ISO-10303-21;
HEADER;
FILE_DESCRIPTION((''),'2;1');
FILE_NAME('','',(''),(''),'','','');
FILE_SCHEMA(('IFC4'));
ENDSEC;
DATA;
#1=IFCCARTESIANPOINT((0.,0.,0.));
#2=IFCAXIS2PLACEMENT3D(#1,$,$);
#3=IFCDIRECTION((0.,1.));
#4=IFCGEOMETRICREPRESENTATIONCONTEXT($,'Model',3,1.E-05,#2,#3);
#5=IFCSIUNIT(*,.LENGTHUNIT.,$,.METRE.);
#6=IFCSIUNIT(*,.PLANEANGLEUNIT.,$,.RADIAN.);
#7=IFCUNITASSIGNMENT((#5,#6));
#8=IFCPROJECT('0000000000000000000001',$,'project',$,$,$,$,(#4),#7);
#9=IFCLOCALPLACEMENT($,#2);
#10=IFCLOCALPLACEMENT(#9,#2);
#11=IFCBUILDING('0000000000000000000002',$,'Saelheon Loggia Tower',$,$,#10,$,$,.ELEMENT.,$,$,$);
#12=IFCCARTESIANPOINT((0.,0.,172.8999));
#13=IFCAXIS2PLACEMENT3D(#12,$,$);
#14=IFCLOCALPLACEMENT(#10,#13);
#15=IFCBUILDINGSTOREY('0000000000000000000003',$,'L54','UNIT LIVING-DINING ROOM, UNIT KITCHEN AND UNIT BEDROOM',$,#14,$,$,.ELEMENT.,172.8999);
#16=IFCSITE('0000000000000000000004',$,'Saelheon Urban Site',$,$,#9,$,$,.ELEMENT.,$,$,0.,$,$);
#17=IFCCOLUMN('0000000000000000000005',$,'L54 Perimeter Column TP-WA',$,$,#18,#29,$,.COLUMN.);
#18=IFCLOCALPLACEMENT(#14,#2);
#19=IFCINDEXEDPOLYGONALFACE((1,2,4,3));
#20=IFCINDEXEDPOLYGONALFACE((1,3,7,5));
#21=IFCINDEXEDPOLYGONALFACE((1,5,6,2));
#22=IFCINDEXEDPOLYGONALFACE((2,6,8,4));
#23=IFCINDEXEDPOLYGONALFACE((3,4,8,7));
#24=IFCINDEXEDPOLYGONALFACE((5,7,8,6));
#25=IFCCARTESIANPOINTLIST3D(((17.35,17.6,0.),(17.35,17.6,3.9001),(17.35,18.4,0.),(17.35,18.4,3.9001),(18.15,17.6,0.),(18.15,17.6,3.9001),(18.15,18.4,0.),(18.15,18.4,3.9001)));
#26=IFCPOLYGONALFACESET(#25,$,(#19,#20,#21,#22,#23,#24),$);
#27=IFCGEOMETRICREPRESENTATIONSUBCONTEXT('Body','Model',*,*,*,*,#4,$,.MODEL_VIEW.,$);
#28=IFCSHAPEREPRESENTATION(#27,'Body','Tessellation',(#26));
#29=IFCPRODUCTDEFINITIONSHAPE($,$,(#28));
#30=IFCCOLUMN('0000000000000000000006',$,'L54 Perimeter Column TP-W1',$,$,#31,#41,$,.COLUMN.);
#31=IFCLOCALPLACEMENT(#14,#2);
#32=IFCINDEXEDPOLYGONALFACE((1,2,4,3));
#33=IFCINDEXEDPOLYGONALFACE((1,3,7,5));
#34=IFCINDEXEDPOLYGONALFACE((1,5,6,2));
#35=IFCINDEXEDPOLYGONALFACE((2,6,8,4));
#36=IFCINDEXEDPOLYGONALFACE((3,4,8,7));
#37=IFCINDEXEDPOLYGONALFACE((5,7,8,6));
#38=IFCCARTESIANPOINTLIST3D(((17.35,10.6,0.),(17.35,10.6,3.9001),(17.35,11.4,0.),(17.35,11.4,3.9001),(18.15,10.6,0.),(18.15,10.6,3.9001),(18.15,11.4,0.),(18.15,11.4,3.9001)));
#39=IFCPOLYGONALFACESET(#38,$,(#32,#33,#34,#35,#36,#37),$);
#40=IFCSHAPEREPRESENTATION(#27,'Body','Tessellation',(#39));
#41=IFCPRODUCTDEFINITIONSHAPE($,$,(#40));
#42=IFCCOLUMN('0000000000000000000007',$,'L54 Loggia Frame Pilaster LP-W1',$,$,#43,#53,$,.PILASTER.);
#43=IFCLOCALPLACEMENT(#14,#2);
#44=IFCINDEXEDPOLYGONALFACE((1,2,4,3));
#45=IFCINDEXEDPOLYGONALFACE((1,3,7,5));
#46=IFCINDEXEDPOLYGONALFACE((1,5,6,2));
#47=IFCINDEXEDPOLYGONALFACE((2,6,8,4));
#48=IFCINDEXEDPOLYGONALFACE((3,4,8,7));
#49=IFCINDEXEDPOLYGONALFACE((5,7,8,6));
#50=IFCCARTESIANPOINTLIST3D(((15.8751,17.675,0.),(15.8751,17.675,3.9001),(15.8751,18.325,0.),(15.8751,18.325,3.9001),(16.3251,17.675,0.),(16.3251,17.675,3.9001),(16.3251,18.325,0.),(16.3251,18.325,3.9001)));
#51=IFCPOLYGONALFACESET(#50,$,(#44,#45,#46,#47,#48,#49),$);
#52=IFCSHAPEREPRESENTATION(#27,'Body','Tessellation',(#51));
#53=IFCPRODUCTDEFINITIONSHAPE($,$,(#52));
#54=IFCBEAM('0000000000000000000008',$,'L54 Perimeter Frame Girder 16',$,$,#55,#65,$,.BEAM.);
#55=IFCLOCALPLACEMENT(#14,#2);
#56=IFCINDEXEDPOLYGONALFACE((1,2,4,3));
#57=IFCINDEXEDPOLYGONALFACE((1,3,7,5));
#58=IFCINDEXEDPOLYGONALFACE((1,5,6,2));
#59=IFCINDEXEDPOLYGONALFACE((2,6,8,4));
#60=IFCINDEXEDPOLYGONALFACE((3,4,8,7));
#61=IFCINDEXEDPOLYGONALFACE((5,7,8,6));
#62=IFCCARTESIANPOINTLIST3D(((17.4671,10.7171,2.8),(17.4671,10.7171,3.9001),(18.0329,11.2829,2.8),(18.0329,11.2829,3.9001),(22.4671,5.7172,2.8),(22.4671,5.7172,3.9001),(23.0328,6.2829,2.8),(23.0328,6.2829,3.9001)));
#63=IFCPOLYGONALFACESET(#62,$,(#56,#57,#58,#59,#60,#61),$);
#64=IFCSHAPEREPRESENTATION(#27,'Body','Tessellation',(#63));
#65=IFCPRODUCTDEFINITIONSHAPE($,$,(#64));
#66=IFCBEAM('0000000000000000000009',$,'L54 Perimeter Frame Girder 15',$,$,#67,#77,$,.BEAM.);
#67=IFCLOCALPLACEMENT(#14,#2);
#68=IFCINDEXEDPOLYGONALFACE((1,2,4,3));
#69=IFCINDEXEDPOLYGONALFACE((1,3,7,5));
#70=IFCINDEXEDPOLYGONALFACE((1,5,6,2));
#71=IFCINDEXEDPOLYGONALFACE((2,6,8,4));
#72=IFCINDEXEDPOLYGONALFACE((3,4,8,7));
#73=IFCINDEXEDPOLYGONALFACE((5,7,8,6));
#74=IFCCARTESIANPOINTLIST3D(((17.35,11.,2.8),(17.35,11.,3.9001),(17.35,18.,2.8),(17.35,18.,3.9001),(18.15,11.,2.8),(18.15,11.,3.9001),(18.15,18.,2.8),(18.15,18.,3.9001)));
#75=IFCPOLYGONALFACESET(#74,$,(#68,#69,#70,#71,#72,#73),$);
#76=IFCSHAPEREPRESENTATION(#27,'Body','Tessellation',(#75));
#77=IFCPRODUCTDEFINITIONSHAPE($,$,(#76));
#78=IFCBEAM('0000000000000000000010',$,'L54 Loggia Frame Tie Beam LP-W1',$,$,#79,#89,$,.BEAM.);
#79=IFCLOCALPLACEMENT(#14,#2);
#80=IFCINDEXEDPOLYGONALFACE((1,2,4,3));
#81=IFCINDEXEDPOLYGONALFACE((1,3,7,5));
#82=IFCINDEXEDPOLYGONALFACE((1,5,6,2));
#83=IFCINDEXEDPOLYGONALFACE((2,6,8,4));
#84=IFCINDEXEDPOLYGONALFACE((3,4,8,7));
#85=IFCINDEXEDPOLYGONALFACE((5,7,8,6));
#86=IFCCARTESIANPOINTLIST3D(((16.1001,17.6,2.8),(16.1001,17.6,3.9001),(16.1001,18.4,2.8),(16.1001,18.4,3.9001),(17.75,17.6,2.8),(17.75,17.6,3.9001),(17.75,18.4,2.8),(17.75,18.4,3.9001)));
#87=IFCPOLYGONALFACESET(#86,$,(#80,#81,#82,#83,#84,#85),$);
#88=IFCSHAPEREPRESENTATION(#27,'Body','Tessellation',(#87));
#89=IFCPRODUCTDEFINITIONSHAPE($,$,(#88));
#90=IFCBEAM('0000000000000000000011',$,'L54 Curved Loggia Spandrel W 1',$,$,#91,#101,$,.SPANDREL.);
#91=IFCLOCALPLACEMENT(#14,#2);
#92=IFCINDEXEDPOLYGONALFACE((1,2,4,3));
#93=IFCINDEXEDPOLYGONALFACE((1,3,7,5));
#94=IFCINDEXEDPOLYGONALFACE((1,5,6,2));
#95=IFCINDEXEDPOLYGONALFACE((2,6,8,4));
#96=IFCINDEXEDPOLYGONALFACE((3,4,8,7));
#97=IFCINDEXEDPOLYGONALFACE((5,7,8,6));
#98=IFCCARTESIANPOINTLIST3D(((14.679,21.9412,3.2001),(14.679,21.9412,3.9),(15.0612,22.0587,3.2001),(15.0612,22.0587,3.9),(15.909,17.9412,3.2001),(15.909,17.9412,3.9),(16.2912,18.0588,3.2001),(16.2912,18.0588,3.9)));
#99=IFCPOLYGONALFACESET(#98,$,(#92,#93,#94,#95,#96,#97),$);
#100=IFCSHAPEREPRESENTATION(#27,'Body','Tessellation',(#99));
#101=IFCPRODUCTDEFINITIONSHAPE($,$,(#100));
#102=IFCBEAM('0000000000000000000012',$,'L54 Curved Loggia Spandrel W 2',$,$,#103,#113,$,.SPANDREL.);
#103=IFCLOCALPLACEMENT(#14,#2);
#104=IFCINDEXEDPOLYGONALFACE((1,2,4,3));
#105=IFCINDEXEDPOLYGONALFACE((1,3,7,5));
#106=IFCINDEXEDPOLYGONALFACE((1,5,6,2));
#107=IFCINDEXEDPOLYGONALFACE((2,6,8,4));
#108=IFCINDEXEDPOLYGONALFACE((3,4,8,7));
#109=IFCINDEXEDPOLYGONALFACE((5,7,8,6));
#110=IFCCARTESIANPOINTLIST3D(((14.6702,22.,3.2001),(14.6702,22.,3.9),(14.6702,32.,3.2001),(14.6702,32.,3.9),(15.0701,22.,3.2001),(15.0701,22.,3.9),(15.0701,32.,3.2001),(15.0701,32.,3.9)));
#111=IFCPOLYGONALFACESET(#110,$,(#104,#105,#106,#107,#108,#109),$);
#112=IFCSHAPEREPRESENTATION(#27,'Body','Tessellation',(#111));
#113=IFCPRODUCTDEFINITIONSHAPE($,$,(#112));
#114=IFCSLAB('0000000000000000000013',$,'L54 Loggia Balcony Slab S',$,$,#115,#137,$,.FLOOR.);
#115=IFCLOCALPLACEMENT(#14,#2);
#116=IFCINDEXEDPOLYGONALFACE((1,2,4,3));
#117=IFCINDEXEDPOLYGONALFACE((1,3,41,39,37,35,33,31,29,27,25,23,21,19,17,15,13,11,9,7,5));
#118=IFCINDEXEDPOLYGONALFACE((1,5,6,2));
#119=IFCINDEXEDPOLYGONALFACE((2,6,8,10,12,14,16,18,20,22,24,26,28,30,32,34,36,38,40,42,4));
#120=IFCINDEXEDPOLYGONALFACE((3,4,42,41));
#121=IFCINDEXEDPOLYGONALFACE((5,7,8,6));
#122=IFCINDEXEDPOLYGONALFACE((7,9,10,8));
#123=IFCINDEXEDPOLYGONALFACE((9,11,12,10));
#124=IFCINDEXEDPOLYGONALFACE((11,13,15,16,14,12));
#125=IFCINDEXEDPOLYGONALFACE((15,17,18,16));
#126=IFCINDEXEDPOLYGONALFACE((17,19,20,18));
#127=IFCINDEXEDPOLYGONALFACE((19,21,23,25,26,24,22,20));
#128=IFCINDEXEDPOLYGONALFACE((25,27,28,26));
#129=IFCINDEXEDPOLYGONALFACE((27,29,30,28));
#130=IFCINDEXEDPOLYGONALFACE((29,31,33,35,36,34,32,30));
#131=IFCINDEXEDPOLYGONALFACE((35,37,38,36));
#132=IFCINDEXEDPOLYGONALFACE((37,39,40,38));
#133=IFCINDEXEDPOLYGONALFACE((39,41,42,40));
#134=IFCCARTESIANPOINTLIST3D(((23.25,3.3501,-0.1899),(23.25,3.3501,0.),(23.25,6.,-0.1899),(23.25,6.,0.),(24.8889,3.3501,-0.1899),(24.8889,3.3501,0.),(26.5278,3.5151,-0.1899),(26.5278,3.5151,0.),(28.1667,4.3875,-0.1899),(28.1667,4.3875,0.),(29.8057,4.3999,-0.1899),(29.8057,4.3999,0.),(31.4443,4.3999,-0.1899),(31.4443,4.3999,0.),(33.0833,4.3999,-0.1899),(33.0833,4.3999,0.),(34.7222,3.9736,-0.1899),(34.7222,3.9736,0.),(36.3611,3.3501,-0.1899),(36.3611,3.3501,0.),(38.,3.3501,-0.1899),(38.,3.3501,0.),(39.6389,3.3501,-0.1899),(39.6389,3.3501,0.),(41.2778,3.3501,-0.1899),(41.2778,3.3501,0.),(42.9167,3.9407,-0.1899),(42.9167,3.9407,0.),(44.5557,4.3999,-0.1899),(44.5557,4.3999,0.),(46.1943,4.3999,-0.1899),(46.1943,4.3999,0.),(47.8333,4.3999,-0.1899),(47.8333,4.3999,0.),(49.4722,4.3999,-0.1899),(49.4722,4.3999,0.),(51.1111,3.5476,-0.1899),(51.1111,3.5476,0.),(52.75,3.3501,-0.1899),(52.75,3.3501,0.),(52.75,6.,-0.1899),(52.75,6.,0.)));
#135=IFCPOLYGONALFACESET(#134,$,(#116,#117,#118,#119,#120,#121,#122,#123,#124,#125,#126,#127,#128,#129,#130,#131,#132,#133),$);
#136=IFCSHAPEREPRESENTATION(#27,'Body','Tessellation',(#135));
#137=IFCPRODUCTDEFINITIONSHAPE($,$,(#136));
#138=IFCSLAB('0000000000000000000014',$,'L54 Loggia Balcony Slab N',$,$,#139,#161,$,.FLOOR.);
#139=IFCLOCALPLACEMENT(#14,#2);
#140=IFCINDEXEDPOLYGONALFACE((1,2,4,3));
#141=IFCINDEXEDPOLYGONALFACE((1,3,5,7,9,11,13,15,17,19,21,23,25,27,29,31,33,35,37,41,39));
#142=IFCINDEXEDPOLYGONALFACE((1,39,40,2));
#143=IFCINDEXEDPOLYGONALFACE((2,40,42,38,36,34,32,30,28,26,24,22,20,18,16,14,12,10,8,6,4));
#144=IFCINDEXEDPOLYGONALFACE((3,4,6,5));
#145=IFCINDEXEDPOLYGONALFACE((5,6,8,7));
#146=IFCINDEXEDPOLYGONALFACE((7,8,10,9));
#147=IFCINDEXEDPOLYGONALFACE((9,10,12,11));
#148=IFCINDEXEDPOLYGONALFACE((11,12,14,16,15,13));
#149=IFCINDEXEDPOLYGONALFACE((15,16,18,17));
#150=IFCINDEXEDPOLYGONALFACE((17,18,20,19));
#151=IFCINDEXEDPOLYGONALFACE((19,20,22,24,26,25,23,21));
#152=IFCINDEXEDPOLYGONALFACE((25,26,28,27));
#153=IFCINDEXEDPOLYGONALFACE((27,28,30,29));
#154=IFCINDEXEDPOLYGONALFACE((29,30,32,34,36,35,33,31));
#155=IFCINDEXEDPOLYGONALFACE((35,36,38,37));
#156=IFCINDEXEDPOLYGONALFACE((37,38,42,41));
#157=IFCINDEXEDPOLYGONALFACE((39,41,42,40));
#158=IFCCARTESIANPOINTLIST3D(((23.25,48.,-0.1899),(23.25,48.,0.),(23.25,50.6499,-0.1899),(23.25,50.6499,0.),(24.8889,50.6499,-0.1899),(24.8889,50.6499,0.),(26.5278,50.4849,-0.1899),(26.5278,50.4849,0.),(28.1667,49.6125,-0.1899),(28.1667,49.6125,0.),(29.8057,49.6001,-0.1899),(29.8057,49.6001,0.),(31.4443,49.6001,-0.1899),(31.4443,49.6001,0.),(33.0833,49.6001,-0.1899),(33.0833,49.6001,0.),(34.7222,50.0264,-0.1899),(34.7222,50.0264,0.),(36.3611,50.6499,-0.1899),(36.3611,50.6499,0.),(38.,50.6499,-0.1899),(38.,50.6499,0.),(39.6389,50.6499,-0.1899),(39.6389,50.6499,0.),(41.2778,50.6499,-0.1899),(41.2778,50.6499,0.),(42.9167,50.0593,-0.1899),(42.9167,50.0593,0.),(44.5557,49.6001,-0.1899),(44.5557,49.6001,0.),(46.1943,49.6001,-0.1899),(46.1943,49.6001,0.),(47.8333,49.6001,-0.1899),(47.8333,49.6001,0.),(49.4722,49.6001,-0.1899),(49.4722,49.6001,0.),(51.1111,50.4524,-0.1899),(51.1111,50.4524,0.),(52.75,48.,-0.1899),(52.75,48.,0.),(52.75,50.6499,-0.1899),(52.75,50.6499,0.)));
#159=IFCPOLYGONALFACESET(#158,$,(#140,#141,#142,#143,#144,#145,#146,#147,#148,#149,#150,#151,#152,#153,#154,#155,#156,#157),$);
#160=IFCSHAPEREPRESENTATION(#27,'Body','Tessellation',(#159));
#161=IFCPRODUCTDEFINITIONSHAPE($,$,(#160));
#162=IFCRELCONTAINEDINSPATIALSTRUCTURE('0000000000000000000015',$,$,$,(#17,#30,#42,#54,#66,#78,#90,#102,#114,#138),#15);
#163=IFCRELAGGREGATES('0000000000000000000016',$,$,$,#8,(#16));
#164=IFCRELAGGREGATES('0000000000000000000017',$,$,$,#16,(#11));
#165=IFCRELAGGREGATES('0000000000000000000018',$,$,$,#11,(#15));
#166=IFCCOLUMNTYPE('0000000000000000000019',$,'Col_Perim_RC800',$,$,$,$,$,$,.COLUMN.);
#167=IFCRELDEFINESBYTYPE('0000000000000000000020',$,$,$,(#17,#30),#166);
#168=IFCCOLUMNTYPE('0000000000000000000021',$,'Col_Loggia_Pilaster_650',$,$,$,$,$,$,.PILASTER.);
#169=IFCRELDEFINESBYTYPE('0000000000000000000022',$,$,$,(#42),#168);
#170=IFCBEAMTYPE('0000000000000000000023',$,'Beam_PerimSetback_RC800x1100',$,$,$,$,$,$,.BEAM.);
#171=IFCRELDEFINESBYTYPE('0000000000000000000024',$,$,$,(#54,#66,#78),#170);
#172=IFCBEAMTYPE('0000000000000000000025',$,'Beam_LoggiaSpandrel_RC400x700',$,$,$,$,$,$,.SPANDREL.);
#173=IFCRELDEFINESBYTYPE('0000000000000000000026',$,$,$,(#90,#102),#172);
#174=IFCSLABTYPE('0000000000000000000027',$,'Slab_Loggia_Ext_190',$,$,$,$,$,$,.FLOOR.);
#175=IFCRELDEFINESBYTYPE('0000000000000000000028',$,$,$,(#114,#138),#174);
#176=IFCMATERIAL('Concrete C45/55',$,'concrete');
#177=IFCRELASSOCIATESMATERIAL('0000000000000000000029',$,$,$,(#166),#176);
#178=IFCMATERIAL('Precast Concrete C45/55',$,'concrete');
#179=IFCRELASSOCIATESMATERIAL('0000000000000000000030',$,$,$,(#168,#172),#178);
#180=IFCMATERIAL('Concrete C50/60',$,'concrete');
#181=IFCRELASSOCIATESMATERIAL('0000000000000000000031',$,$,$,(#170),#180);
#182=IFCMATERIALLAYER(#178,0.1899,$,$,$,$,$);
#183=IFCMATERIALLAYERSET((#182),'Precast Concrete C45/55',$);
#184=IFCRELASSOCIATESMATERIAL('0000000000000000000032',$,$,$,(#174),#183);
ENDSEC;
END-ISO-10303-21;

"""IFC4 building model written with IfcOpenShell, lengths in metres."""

from ifc_helpers import new_model, si_unit, direction, frame, origin, origin_2d, place, context, subcontext, project, spatial, polyline, rectangle, outline, extrude, source, transform, mapped, material, layer, layer_set, material_profile, profile_set, type_object, element, save


model = new_model("IFC4")

# Units and contexts
model_context = context("Model", 3, precision=1e-05, world=origin(), true_north=direction((0.0, 1.0)))
body_context = subcontext(model_context, "Body", "Model", "MODEL_VIEW")
ifc_project = project(units=[si_unit("LENGTHUNIT", "METRE"), si_unit("PLANEANGLEUNIT", "RADIAN")], contexts=[model_context])

# Site, building, storey
site_placement = place(None, origin())
site = spatial("IfcSite", under=ifc_project, at=site_placement, Name="Saelheon Urban Site", CompositionType="ELEMENT", RefElevation=0.0)
building_placement = place(site_placement, origin())
building = spatial("IfcBuilding", under=site, at=building_placement, Name="Saelheon Loggia Tower", CompositionType="ELEMENT")
storey_placement = place(building_placement, frame((0.0, 0.0, 172.8999)))
storey = spatial("IfcBuildingStorey", under=building, at=storey_placement, Name="L54", Description="UNIT LIVING-DINING ROOM, UNIT KITCHEN AND UNIT BEDROOM", CompositionType="ELEMENT", Elevation=172.8999)

# Columns
ifc_material_1 = material(Name="Concrete C45/55", Category="concrete")
ifc_material_profile_1 = material_profile(ifc_material_1, rectangle(XDim=0.8, YDim=0.8, at=origin_2d()), Name="RC-800x800")
ifc_profile_set_1 = profile_set([ifc_material_profile_1], Name="Concrete C45/55")
column_type_1 = type_object("IfcColumnType", Name="Col_Perim_RC800", PredefinedType="COLUMN", material=ifc_profile_set_1)
shared_shape_1 = source(origin(), body_context, "Body", "SweptSolid", [
    extrude(rectangle(XDim=0.8, YDim=0.8, at=origin_2d()), origin(), (0.0, 0.0, 1.0), 3.9001),
])
for number, where, z_axis, x_axis, name in (
    (1, (17.75, 18.0, 0.0), (0.0, 0.0, 1.0), (1.0, 0.0, 0.0), "L54 Perimeter Column TP-WA"),
    (2, (17.75, 11.0, 0.0), (0.0, 0.0, 1.0), (1.0, 0.0, 0.0), "L54 Perimeter Column TP-W1"),
):
    element("IfcColumn", number, at=place(storey_placement, frame(where, z_axis=z_axis, x_axis=x_axis)), inside=storey, type_object=column_type_1, Name=name, PredefinedType="COLUMN", context=body_context, shape_type="MappedRepresentation", body=[
        mapped(shared_shape_1, transform((0.0, 0.0, 0.0), scale=1.0)),
    ])
ifc_material_2 = material(Name="Precast Concrete C45/55", Category="concrete")
ifc_material_profile_2 = material_profile(ifc_material_2, rectangle(XDim=0.45, YDim=0.6499, at=origin_2d()), Name="RC-450x650")
ifc_profile_set_2 = profile_set([ifc_material_profile_2], Name="Precast Concrete C45/55")
column_type_2 = type_object("IfcColumnType", Name="Col_Loggia_Pilaster_650", PredefinedType="PILASTER", material=ifc_profile_set_2)
shared_shape_2 = source(origin(), body_context, "Body", "SweptSolid", [
    extrude(rectangle(XDim=0.45, YDim=0.6499, at=origin_2d()), origin(), (0.0, 0.0, 1.0), 3.9001),
])
column_placement = place(storey_placement, frame((16.1001, 18.0, 0.0), z_axis=(0.0, 0.0, 1.0), x_axis=(1.0, 0.0, 0.0)))
element("IfcColumn", 3, at=column_placement, inside=storey, type_object=column_type_2, Name="L54 Loggia Frame Pilaster LP-W1", PredefinedType="PILASTER", context=body_context, shape_type="MappedRepresentation", body=[
    mapped(shared_shape_2, transform((0.0, 0.0, 0.0), scale=1.0)),
])

# Beams
ifc_material_3 = material(Name="Concrete C50/60", Category="concrete")
ifc_material_profile_3 = material_profile(ifc_material_3, rectangle(XDim=0.8, YDim=1.1001, at=origin_2d()), Name="RC-800x1100")
ifc_profile_set_3 = profile_set([ifc_material_profile_3], Name="Concrete C50/60")
beam_type_1 = type_object("IfcBeamType", Name="Beam_PerimSetback_RC800x1100", PredefinedType="BEAM", material=ifc_profile_set_3)
shared_shape_3 = source(origin(), body_context, "Body", "SweptSolid", [
    extrude(rectangle(XDim=0.8, YDim=1.1001, at=origin_2d()), origin(), (0.0, 0.0, 1.0), 7.071),
])
beam_1_placement = place(storey_placement, frame((17.75, 11.0, 3.3501), z_axis=(0.707107, -0.707107, 0.0), x_axis=(0.707107, 0.707107, 0.0)))
element("IfcBeam", 4, at=beam_1_placement, inside=storey, type_object=beam_type_1, Name="L54 Perimeter Frame Girder 16", PredefinedType="BEAM", context=body_context, shape_type="MappedRepresentation", body=[
    mapped(shared_shape_3, transform((0.0, 0.0, 0.0), scale=1.0)),
])
shared_shape_4 = source(origin(), body_context, "Body", "SweptSolid", [
    extrude(rectangle(XDim=0.8, YDim=1.1001, at=origin_2d()), origin(), (0.0, 0.0, 1.0), 7.0),
])
beam_2_placement = place(storey_placement, frame((17.75, 18.0, 3.3501), z_axis=(0.0, -1.0, 0.0), x_axis=(1.0, 0.0, 0.0)))
element("IfcBeam", 5, at=beam_2_placement, inside=storey, type_object=beam_type_1, Name="L54 Perimeter Frame Girder 15", PredefinedType="BEAM", context=body_context, shape_type="MappedRepresentation", body=[
    mapped(shared_shape_4, transform((0.0, 0.0, 0.0), scale=1.0)),
])
shared_shape_5 = source(origin(), body_context, "Body", "SweptSolid", [
    extrude(rectangle(XDim=0.8, YDim=1.1001, at=origin_2d()), origin(), (0.0, 0.0, 1.0), 1.6499),
])
beam_3_placement = place(storey_placement, frame((17.75, 18.0, 3.3501), z_axis=(-1.0, 0.0, 0.0), x_axis=(0.0, -1.0, 0.0)))
element("IfcBeam", 6, at=beam_3_placement, inside=storey, type_object=beam_type_1, Name="L54 Loggia Frame Tie Beam LP-W1", PredefinedType="BEAM", context=body_context, shape_type="MappedRepresentation", body=[
    mapped(shared_shape_5, transform((0.0, 0.0, 0.0), scale=1.0)),
])
ifc_material_profile_4 = material_profile(ifc_material_2, rectangle(XDim=0.3999, YDim=0.7, at=origin_2d()), Name="RC-400x700")
ifc_profile_set_4 = profile_set([ifc_material_profile_4], Name="Precast Concrete C45/55")
beam_type_2 = type_object("IfcBeamType", Name="Beam_LoggiaSpandrel_RC400x700", PredefinedType="SPANDREL", material=ifc_profile_set_4)
shared_shape_6 = source(origin(), body_context, "Body", "SweptSolid", [
    extrude(rectangle(XDim=0.3999, YDim=0.7, at=origin_2d()), origin(), (0.0, 0.0, 1.0), 4.1848),
])
beam_4_placement = place(storey_placement, frame((16.1001, 18.0, 3.55), z_axis=(-0.293914, 0.955832, 0.0), x_axis=(-0.955832, -0.293914, 0.0)))
element("IfcBeam", 7, at=beam_4_placement, inside=storey, type_object=beam_type_2, Name="L54 Curved Loggia Spandrel W 1", PredefinedType="SPANDREL", context=body_context, shape_type="MappedRepresentation", body=[
    mapped(shared_shape_6, transform((0.0, 0.0, 0.0), scale=1.0)),
])
shared_shape_7 = source(origin(), body_context, "Body", "SweptSolid", [
    extrude(rectangle(XDim=0.3999, YDim=0.7, at=origin_2d()), origin(), (0.0, 0.0, 1.0), 10.0),
])
beam_5_placement = place(storey_placement, frame((14.8701, 22.0, 3.55), z_axis=(0.0, 1.0, 0.0), x_axis=(-1.0, 0.0, 0.0)))
element("IfcBeam", 8, at=beam_5_placement, inside=storey, type_object=beam_type_2, Name="L54 Curved Loggia Spandrel W 2", PredefinedType="SPANDREL", context=body_context, shape_type="MappedRepresentation", body=[
    mapped(shared_shape_7, transform((0.0, 0.0, 0.0), scale=1.0)),
])

# Slabs
ifc_layer_1 = layer(ifc_material_2, 0.1899)
ifc_layer_set_1 = layer_set([ifc_layer_1], Name="Precast Concrete C45/55")
slab_type_1 = type_object("IfcSlabType", Name="Slab_Loggia_Ext_190", PredefinedType="FLOOR", material=ifc_layer_set_1)
slab_1_placement = place(storey_placement, frame((0.0, 0.0, -0.1899)))
element("IfcSlab", 9, at=slab_1_placement, inside=storey, type_object=slab_type_1, Name="L54 Loggia Balcony Slab S", PredefinedType="FLOOR", context=body_context, shape_type="SweptSolid", body=[
    extrude(outline(polyline([(23.25, 3.3501), (24.8889, 3.3501), (26.5278, 3.5151), (28.1667, 4.3875), (29.8057, 4.3999), (31.4443, 4.3999), (33.0833, 4.3999), (34.7222, 3.9736), (36.3611, 3.3501), (38.0, 3.3501), (39.6389, 3.3501), (41.2778, 3.3501), (42.9167, 3.9407), (44.5557, 4.3999), (46.1943, 4.3999), (47.8333, 4.3999), (49.4722, 4.3999), (51.1111, 3.5476), (52.75, 3.3501), (52.75, 6.0), (23.25, 6.0), (23.25, 3.3501)])), origin(), (0.0, 0.0, 1.0), 0.1899),
])
slab_2_placement = place(storey_placement, frame((0.0, 0.0, -0.1899)))
element("IfcSlab", 10, at=slab_2_placement, inside=storey, type_object=slab_type_1, Name="L54 Loggia Balcony Slab N", PredefinedType="FLOOR", context=body_context, shape_type="SweptSolid", body=[
    extrude(outline(polyline([(23.25, 48.0), (52.75, 48.0), (52.75, 50.6499), (51.1111, 50.4524), (49.4722, 49.6001), (47.8333, 49.6001), (46.1943, 49.6001), (44.5557, 49.6001), (42.9167, 50.0593), (41.2778, 50.6499), (39.6389, 50.6499), (38.0, 50.6499), (36.3611, 50.6499), (34.7222, 50.0264), (33.0833, 49.6001), (31.4443, 49.6001), (29.8057, 49.6001), (28.1667, 49.6125), (26.5278, 50.4849), (24.8889, 50.6499), (23.25, 50.6499), (23.25, 48.0)])), origin(), (0.0, 0.0, 1.0), 0.1899),
])

save(model, "model.ifc")
